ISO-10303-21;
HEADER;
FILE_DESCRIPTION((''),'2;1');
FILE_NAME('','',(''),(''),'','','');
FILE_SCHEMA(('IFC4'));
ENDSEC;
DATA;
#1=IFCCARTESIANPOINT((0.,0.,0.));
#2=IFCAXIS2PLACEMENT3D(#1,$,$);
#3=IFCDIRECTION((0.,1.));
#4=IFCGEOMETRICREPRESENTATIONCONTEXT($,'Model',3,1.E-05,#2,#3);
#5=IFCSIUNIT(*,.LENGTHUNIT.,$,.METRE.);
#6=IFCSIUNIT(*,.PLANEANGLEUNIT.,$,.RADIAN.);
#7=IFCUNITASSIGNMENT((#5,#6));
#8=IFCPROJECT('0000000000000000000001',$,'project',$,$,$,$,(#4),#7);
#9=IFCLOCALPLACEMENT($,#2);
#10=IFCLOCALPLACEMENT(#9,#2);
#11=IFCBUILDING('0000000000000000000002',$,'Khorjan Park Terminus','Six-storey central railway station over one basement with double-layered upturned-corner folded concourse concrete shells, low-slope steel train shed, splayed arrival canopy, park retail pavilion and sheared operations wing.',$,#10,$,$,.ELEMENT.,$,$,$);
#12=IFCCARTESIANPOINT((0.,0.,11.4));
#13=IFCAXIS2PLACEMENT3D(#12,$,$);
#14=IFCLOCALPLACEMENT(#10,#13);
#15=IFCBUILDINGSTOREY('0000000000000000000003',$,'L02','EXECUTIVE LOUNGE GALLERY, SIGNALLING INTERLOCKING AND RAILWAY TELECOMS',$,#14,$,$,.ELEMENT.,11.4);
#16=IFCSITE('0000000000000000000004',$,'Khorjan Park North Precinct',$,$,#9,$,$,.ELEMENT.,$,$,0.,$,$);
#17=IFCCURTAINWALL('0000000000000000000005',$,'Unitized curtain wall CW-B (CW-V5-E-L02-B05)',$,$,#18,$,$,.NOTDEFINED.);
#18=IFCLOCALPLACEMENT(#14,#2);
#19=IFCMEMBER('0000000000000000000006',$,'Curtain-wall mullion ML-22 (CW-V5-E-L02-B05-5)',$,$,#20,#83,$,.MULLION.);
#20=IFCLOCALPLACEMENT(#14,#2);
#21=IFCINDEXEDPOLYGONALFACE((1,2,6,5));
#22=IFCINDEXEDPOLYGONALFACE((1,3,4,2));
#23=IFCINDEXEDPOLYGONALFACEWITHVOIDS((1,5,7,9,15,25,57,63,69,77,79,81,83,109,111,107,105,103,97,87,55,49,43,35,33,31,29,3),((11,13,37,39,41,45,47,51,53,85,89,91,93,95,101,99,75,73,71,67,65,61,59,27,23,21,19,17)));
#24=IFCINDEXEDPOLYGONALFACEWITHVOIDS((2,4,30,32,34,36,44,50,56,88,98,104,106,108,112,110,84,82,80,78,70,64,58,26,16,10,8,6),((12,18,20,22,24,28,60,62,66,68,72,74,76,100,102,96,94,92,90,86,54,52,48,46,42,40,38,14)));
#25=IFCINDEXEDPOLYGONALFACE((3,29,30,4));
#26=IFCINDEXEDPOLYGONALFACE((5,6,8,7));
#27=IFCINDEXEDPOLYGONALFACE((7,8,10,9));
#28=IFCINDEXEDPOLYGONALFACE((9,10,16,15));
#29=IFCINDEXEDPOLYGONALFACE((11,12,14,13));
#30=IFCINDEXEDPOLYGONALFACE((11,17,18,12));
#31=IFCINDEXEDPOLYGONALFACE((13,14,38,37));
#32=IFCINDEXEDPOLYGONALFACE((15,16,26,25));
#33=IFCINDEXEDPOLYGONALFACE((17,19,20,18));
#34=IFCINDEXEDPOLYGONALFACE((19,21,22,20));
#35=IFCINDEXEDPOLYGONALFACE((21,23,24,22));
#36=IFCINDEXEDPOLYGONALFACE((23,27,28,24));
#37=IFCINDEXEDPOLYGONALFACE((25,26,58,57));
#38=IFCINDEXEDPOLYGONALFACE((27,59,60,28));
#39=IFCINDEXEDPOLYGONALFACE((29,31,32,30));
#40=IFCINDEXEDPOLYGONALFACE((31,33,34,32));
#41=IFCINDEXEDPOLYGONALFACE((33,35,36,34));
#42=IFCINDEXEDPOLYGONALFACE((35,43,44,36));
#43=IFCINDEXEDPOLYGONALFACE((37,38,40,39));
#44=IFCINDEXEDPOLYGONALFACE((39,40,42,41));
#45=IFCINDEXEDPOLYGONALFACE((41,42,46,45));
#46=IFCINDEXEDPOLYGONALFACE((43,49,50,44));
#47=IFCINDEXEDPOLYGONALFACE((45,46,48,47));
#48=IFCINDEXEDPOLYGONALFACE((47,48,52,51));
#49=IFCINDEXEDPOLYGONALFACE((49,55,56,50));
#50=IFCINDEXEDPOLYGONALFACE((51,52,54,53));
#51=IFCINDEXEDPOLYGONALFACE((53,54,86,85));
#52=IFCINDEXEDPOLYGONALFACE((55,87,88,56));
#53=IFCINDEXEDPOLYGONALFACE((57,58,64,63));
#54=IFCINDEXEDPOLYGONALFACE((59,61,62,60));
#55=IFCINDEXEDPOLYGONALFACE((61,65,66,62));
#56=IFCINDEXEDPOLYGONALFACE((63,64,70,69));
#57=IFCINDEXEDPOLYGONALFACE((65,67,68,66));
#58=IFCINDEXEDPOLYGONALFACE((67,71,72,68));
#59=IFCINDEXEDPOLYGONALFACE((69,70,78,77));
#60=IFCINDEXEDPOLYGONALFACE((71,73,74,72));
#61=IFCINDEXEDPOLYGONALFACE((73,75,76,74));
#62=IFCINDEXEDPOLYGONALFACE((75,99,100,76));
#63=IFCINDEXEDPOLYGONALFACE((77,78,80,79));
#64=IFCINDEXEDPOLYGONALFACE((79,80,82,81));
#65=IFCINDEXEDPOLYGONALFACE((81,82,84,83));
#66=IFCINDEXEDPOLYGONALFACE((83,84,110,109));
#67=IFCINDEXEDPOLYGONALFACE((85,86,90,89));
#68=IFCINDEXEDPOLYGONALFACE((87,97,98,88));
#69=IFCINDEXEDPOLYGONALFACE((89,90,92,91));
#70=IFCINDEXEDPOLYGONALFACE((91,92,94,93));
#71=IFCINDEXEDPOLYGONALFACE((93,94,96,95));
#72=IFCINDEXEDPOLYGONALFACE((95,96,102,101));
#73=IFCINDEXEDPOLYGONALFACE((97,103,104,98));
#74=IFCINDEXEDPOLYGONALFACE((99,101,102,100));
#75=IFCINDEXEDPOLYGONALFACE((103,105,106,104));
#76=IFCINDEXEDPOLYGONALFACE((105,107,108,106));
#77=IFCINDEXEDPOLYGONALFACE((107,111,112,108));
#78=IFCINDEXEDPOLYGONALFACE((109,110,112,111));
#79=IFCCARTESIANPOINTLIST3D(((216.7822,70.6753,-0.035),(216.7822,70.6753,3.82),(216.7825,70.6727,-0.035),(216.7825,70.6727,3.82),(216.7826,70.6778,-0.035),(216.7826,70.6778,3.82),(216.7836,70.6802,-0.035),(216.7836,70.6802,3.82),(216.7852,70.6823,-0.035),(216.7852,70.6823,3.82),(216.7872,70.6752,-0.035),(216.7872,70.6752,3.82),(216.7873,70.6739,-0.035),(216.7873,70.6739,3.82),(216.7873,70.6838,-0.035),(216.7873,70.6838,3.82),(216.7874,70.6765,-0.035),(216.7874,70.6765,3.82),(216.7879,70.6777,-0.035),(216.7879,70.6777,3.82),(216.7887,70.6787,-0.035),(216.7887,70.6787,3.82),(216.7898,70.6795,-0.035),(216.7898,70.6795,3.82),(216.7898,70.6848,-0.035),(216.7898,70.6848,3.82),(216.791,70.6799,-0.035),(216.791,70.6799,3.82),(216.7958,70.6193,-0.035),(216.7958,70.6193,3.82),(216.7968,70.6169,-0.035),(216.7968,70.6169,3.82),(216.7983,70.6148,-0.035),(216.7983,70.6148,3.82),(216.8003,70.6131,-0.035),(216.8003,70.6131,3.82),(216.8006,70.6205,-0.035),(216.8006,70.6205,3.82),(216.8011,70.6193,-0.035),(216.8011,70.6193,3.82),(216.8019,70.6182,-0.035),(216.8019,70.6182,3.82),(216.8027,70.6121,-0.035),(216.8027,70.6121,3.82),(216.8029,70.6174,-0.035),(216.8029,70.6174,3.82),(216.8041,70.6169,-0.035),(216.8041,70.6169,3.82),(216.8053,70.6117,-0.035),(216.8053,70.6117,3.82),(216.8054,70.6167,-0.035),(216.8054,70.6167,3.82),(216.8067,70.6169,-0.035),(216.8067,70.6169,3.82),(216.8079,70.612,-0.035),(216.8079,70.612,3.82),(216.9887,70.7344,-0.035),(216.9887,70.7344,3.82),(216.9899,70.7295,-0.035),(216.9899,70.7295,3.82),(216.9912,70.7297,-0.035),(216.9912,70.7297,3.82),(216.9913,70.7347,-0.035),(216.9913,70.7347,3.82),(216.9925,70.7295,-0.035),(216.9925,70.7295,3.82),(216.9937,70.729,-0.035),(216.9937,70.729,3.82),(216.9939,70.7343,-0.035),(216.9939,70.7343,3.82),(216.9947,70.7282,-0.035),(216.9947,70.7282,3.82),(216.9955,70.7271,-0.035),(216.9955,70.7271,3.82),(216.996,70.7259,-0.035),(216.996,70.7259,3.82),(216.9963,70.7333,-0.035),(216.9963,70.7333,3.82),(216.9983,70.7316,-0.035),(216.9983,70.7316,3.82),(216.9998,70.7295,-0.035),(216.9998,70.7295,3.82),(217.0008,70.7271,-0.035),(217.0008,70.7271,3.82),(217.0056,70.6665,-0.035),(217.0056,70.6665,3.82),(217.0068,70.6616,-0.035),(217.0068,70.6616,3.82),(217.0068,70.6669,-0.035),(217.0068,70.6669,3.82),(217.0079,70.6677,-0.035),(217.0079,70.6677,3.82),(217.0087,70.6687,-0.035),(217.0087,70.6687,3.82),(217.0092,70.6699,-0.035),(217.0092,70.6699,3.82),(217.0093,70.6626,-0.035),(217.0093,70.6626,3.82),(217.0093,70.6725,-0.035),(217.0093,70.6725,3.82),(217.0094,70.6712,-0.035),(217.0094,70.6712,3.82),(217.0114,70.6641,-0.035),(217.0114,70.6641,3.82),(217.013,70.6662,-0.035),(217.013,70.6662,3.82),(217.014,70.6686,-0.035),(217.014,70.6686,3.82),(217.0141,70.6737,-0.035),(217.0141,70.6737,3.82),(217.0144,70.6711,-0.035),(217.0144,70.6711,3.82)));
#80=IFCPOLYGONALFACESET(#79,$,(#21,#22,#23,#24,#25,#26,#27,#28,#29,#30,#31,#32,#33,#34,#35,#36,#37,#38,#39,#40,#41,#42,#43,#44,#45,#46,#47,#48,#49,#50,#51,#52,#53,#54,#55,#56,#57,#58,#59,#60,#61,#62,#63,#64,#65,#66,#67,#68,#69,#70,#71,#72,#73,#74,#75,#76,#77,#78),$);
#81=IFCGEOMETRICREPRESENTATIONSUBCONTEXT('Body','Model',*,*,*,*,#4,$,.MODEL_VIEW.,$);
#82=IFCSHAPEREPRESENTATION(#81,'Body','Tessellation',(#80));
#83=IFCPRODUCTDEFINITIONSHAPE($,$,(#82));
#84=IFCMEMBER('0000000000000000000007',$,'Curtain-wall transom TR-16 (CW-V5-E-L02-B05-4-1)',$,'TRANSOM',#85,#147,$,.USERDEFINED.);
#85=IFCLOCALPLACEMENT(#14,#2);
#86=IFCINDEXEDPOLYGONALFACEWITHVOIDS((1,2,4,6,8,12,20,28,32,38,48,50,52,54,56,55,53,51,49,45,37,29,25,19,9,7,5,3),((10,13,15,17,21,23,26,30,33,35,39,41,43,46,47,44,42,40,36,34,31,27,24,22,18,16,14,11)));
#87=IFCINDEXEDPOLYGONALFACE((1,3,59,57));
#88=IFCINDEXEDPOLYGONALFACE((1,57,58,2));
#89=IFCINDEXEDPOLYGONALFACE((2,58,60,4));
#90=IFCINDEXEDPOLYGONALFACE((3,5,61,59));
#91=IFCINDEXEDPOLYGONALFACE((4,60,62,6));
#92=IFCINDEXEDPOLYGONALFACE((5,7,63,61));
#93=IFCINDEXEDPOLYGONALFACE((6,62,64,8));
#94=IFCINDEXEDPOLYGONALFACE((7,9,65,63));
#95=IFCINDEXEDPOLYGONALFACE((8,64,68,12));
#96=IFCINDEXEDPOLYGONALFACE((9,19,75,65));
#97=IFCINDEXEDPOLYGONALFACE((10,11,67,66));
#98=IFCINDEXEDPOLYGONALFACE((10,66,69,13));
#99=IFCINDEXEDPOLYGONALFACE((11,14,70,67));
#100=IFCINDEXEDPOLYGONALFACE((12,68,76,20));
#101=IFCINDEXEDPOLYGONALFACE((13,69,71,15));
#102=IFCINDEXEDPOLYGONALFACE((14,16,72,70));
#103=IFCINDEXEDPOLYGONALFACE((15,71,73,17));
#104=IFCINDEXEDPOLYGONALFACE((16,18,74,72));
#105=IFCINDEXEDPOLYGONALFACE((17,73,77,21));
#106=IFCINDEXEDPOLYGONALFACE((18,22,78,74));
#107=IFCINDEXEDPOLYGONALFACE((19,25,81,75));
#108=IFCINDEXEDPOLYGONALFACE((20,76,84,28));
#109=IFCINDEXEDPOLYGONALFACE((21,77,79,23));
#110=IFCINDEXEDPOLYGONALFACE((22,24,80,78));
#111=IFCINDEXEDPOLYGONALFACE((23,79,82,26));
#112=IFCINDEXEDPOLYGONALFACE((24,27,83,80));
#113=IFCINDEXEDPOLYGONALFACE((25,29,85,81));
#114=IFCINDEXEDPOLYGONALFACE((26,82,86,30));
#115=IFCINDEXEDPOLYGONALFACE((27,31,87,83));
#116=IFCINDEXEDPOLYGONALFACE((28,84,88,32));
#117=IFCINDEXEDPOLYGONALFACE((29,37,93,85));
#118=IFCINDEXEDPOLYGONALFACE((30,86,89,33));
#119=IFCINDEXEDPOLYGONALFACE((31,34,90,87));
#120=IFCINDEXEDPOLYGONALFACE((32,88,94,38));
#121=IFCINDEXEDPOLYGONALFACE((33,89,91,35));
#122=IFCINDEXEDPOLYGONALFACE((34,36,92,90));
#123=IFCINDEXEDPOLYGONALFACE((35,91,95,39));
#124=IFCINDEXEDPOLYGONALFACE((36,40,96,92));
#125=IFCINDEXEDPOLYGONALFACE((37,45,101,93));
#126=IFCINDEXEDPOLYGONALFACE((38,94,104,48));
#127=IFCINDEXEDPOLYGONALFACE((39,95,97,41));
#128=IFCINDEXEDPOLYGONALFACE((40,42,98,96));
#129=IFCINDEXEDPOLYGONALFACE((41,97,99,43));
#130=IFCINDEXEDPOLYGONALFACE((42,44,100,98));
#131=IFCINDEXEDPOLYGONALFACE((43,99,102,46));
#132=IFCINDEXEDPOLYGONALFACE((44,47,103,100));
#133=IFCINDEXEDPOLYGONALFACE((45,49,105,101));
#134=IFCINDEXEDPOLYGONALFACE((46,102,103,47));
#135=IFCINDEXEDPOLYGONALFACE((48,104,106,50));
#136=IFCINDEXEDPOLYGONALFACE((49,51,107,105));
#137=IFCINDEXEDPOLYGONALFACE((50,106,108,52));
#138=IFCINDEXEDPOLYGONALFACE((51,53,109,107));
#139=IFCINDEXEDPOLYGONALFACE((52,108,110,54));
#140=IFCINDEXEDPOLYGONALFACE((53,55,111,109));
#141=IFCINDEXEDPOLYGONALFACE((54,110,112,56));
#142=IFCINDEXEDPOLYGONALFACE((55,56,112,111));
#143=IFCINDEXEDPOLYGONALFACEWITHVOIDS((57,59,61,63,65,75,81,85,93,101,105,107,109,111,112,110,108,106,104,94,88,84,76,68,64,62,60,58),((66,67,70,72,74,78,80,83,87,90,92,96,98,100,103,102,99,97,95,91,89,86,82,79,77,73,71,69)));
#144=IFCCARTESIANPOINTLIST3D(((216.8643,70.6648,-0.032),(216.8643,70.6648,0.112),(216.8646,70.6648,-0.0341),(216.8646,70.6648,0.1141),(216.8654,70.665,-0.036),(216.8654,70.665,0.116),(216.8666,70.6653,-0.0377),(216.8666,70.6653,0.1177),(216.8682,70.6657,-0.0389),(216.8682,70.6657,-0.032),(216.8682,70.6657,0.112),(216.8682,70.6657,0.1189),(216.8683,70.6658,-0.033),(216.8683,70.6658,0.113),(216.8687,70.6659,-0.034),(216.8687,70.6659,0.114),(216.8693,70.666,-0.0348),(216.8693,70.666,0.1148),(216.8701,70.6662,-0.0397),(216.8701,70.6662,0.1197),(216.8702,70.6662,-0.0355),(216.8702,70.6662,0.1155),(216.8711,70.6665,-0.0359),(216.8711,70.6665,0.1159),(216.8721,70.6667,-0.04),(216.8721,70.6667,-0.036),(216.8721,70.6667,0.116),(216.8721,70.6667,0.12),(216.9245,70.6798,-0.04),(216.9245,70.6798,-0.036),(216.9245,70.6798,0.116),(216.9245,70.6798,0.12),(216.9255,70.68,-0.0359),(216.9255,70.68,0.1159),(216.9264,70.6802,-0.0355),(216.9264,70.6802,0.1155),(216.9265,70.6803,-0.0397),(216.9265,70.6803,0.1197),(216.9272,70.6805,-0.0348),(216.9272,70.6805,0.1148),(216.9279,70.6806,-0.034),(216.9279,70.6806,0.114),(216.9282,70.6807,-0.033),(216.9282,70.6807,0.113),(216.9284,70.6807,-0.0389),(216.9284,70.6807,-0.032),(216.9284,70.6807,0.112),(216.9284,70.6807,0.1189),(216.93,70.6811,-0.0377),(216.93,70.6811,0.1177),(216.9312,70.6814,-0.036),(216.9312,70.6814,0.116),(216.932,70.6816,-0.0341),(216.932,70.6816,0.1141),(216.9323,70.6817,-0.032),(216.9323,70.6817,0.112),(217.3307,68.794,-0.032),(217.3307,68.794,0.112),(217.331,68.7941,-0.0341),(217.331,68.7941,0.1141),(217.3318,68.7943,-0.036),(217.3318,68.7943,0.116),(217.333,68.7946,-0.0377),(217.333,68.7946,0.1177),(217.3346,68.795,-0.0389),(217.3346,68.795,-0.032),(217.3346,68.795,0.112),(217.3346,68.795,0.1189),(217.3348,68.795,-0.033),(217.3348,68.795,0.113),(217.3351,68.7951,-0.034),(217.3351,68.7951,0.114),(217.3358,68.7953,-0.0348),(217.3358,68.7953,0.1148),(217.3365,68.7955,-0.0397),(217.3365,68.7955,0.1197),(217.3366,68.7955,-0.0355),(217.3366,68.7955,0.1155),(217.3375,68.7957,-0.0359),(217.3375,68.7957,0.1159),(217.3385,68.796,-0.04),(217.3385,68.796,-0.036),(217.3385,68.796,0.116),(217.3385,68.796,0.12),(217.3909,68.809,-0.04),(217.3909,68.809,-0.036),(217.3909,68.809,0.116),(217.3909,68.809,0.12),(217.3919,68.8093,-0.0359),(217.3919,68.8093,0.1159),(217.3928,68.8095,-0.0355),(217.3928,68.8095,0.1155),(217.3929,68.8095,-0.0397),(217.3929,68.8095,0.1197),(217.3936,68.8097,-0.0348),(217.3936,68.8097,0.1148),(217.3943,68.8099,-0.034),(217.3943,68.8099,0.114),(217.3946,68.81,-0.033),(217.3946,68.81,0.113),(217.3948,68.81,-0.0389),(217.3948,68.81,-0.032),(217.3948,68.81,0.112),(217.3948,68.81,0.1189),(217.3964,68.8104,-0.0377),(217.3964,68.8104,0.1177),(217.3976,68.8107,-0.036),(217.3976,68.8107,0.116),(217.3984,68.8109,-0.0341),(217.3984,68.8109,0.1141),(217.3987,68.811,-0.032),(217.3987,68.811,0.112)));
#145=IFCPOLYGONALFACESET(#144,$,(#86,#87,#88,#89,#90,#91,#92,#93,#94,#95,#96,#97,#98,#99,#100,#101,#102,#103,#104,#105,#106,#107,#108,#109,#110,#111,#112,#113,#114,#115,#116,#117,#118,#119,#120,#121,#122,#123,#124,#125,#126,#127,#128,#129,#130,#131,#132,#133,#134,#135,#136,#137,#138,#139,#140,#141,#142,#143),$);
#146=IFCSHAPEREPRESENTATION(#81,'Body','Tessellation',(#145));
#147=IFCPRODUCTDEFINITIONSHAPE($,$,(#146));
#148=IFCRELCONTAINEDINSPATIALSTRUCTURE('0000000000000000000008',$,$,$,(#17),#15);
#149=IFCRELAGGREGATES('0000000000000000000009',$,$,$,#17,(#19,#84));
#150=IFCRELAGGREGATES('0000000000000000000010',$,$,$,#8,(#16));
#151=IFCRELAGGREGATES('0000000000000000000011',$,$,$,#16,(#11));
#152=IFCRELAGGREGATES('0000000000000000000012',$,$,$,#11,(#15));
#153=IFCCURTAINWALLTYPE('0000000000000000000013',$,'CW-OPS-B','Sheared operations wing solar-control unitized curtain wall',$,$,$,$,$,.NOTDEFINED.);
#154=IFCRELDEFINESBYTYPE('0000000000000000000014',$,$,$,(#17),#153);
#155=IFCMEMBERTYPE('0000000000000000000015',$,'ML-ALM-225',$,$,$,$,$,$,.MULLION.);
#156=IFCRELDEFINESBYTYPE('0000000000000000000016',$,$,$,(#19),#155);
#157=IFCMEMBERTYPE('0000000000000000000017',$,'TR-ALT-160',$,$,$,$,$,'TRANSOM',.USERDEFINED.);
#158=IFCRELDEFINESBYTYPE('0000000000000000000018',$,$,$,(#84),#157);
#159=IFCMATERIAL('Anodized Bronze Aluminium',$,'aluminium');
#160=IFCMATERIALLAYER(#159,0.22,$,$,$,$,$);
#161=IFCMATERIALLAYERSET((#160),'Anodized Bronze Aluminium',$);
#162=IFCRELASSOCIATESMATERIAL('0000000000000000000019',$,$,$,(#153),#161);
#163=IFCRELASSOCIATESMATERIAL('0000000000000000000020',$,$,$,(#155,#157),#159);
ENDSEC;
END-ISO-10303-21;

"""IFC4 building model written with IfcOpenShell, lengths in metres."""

from ifc_helpers import new_model, si_unit, direction, frame, origin, origin_2d, place, context, subcontext, project, spatial, hollow_rectangle, extrude, material, layer, layer_set, material_profile, profile_set, type_object, element, aggregate, save


model = new_model("IFC4")

# Units and contexts
model_context = context("Model", 3, precision=1e-05, world=origin(), true_north=direction((0.0, 1.0)))
body_context = subcontext(model_context, "Body", "Model", "MODEL_VIEW")
ifc_project = project(units=[si_unit("LENGTHUNIT", "METRE"), si_unit("PLANEANGLEUNIT", "RADIAN")], contexts=[model_context])

# Site, building, storey
site_placement = place(None, origin())
site = spatial("IfcSite", under=ifc_project, at=site_placement, Name="Khorjan Park North Precinct", CompositionType="ELEMENT", RefElevation=0.0)
building_placement = place(site_placement, origin())
building = spatial("IfcBuilding", under=site, at=building_placement, Name="Khorjan Park Terminus", Description="Six-storey central railway station over one basement with double-layered upturned-corner folded concourse concrete shells, low-slope steel train shed, splayed arrival canopy, park retail pavilion and sheared operations wing.", CompositionType="ELEMENT")
storey_placement = place(building_placement, frame((0.0, 0.0, 11.4)))
storey = spatial("IfcBuildingStorey", under=building, at=storey_placement, Name="L02", Description="EXECUTIVE LOUNGE GALLERY, SIGNALLING INTERLOCKING AND RAILWAY TELECOMS", CompositionType="ELEMENT", Elevation=11.4)

# Curtain wall, members
ifc_material_1 = material(Name="Anodized Bronze Aluminium", Category="aluminium")
ifc_layer_1 = layer(ifc_material_1, 0.22)
ifc_layer_set_1 = layer_set([ifc_layer_1], Name="Anodized Bronze Aluminium")
curtain_wall_type = type_object("IfcCurtainWallType", Name="CW-OPS-B", Description="Sheared operations wing solar-control unitized curtain wall", PredefinedType="NOTDEFINED", material=ifc_layer_set_1)
curtain_wall_placement = place(storey_placement, origin())
curtain_wall = element("IfcCurtainWall", 1, at=curtain_wall_placement, inside=storey, type_object=curtain_wall_type, Name="Unitized curtain wall CW-B (CW-V5-E-L02-B05)", PredefinedType="NOTDEFINED")
ifc_material_profile_1 = material_profile(ifc_material_1, hollow_rectangle(XDim=0.075, YDim=0.225, WallThickness=0.005, InnerFilletRadius=0.005, OuterFilletRadius=0.01, at=origin_2d()), Name="ALM 75x225x5")
ifc_profile_set_1 = profile_set([ifc_material_profile_1], Name="Anodized Bronze Aluminium")
member_type_1 = type_object("IfcMemberType", Name="ML-ALM-225", PredefinedType="MULLION", material=ifc_profile_set_1)
member_1_placement = place(storey_placement, frame((216.8983, 70.6732, -0.035), z_axis=(0.0, 0.0, 1.0), x_axis=(-0.241935, 0.970292, 0.0)))
member_1 = element("IfcMember", 2, at=member_1_placement, type_object=member_type_1, Name="Curtain-wall mullion ML-22 (CW-V5-E-L02-B05-5)", PredefinedType="MULLION", context=body_context, shape_type="SweptSolid", body=[
    extrude(hollow_rectangle(XDim=0.075, YDim=0.225, WallThickness=0.005, InnerFilletRadius=0.005, OuterFilletRadius=0.01, at=origin_2d()), origin(), (0.0, 0.0, 1.0), 3.855),
])
ifc_material_profile_2 = material_profile(ifc_material_1, hollow_rectangle(XDim=0.07, YDim=0.16, WallThickness=0.004, InnerFilletRadius=0.004, OuterFilletRadius=0.008, at=origin_2d()), Name="ALT 70x160x4")
ifc_profile_set_2 = profile_set([ifc_material_profile_2], Name="Anodized Bronze Aluminium")
member_type_2 = type_object("IfcMemberType", Name="TR-ALT-160", ElementType="TRANSOM", PredefinedType="USERDEFINED", material=ifc_profile_set_2)
member_2_placement = place(storey_placement, frame((217.3647, 68.8025, 0.04), z_axis=(-0.241913, 0.970298, 0.0), x_axis=(-0.970298, -0.241913, 0.0)))
member_2 = element("IfcMember", 3, at=member_2_placement, type_object=member_type_2, Name="Curtain-wall transom TR-16 (CW-V5-E-L02-B05-4-1)", ObjectType="TRANSOM", PredefinedType="USERDEFINED", context=body_context, shape_type="SweptSolid", body=[
    extrude(hollow_rectangle(XDim=0.07, YDim=0.16, WallThickness=0.004, InnerFilletRadius=0.004, OuterFilletRadius=0.008, at=origin_2d()), origin(), (0.0, 0.0, 1.0), 1.928),
])
aggregate(curtain_wall, [member_1, member_2])

save(model, "model.ifc")
